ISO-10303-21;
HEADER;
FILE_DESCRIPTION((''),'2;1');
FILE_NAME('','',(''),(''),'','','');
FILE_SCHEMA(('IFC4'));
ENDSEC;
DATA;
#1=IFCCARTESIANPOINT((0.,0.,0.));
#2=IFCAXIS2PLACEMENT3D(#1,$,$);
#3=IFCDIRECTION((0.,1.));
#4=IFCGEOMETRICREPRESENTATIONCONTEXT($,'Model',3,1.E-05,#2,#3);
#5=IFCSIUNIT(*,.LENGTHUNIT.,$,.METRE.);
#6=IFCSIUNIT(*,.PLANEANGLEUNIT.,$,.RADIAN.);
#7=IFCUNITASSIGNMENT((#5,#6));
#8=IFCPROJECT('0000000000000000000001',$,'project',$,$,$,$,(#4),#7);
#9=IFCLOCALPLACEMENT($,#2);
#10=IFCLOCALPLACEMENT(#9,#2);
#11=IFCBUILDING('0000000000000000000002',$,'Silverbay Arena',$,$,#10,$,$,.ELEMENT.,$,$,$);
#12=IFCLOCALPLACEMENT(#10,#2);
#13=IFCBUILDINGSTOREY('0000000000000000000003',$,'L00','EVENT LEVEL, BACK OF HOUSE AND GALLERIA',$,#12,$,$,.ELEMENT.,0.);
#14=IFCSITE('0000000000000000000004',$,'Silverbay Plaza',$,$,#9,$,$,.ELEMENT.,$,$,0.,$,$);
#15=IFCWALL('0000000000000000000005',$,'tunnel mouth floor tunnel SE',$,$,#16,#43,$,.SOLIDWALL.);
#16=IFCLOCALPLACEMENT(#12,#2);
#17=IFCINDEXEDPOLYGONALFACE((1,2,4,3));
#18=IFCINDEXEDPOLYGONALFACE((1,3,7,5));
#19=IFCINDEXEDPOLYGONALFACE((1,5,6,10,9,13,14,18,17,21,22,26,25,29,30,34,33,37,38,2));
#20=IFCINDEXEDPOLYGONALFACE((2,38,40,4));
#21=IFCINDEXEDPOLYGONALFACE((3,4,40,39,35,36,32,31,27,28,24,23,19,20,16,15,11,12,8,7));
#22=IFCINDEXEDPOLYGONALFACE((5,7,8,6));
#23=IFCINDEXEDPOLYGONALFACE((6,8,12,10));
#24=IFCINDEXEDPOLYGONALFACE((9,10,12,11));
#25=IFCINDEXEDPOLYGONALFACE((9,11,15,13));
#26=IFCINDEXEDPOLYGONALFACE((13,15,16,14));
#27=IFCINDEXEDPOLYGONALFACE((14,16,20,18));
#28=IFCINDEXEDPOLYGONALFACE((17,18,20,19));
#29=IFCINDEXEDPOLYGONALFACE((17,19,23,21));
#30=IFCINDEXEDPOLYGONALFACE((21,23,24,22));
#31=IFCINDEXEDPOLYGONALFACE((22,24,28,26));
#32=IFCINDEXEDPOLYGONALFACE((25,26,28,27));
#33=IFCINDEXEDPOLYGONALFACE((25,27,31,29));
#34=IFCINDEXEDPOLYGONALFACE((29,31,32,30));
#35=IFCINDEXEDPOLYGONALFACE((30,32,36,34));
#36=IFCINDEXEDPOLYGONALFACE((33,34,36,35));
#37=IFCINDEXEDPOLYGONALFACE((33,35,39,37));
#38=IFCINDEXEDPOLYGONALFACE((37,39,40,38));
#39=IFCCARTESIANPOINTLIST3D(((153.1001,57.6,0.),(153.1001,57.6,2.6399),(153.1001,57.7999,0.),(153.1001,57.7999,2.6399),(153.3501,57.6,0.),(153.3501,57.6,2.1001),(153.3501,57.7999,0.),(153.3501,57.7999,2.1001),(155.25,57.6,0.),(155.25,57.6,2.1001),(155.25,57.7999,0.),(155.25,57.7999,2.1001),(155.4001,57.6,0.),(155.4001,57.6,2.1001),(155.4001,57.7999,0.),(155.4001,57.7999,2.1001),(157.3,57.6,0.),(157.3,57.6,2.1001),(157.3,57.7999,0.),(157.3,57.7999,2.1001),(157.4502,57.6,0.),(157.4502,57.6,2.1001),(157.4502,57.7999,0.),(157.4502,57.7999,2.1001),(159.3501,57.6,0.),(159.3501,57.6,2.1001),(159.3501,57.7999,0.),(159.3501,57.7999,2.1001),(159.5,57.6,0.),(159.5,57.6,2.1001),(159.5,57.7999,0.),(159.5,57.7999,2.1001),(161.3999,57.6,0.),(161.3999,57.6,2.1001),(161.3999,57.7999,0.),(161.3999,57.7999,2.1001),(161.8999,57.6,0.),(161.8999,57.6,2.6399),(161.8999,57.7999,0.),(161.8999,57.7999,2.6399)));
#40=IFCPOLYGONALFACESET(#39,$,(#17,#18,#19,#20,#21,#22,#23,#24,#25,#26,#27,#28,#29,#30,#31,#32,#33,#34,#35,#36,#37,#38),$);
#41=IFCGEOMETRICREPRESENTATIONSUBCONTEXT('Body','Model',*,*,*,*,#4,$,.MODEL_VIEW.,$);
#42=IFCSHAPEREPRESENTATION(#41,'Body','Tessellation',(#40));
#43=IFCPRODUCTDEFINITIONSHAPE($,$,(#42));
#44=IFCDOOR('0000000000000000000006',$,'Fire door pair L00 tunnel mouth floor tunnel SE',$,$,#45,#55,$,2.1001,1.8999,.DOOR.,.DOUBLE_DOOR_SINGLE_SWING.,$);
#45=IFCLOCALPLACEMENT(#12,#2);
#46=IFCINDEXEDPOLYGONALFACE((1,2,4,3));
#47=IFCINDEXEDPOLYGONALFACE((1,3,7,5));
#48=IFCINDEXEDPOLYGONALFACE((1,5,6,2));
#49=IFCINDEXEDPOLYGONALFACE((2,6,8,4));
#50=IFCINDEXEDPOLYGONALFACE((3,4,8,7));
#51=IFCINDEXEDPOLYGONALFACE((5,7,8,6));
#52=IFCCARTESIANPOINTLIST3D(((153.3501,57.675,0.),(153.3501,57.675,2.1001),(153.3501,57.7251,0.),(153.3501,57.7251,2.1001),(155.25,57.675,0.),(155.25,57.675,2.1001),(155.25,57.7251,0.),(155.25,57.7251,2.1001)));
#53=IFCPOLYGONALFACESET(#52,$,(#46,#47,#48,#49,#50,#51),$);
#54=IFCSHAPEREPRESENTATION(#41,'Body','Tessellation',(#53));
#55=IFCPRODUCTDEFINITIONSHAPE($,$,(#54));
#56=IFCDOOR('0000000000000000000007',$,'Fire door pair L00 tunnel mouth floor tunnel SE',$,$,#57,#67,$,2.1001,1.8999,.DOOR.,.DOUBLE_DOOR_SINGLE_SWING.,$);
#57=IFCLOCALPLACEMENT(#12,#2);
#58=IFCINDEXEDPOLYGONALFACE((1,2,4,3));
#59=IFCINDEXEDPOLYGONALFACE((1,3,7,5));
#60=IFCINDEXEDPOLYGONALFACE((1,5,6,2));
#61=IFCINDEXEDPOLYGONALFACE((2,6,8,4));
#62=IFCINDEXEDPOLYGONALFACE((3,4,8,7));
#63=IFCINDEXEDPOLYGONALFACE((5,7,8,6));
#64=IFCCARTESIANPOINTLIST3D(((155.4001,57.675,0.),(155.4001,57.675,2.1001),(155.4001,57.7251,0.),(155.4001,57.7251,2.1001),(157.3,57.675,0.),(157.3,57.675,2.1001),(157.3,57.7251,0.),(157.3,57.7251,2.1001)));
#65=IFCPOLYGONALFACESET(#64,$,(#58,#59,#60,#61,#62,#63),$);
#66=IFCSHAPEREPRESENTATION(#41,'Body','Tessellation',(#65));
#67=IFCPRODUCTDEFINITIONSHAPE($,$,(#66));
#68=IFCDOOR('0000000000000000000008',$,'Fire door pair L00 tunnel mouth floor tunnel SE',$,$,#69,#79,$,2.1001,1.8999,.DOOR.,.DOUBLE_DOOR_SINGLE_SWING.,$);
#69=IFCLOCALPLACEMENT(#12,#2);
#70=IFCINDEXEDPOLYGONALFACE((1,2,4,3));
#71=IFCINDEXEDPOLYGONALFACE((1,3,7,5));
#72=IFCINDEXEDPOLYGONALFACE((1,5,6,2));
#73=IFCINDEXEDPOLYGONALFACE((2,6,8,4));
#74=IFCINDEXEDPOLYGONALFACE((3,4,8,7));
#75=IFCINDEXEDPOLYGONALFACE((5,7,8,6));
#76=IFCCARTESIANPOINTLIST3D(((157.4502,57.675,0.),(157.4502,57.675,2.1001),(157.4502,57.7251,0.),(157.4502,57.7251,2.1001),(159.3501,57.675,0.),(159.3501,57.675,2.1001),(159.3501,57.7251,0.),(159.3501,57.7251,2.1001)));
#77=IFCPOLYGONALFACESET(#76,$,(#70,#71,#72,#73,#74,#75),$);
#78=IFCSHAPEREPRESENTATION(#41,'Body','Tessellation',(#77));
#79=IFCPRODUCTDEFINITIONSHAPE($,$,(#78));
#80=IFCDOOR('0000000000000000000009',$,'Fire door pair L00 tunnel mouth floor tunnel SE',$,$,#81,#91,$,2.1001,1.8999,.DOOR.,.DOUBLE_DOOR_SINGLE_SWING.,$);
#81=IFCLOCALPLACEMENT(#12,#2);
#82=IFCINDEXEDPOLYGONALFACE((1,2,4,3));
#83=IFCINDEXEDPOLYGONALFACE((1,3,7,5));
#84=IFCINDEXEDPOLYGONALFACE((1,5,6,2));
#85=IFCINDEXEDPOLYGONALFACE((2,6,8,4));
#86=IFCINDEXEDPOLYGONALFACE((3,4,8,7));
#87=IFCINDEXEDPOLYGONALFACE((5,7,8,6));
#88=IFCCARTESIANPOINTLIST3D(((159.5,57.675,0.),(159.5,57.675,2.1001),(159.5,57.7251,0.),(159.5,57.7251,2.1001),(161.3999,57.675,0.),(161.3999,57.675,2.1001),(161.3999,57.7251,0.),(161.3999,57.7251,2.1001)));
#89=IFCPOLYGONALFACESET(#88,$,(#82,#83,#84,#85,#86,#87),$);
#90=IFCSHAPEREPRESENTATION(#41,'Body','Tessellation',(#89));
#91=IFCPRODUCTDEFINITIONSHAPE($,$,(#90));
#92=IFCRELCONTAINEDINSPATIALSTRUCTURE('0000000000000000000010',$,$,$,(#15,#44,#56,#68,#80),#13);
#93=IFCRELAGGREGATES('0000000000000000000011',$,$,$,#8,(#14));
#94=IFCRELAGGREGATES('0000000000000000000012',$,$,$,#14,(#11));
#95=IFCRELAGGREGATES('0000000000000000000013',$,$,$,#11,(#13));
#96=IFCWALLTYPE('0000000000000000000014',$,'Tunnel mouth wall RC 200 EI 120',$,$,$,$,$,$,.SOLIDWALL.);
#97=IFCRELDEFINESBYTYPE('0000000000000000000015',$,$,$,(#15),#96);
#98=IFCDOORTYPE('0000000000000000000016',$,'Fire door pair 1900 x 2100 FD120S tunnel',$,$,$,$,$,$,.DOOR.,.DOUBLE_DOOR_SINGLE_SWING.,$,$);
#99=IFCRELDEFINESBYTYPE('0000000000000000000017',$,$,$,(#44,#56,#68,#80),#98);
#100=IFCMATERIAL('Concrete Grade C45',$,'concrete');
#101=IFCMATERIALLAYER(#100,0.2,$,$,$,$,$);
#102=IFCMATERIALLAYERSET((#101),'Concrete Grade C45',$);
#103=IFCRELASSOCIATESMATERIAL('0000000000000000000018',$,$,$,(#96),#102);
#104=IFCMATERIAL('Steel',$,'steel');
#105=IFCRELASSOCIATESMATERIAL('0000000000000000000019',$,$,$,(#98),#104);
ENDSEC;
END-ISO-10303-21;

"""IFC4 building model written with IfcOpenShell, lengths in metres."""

from ifc_helpers import new_model, si_unit, direction, frame, frame_2d, origin, place, context, subcontext, project, spatial, rectangle, extrude, material, layer, layer_set, type_object, element, fill, save


model = new_model("IFC4")

# Units and contexts
model_context = context("Model", 3, precision=1e-05, world=origin(), true_north=direction((0.0, 1.0)))
body_context = subcontext(model_context, "Body", "Model", "MODEL_VIEW")
ifc_project = project(units=[si_unit("LENGTHUNIT", "METRE"), si_unit("PLANEANGLEUNIT", "RADIAN")], contexts=[model_context])

# Site, building, storey
site_placement = place(None, origin())
site = spatial("IfcSite", under=ifc_project, at=site_placement, Name="Silverbay Plaza", CompositionType="ELEMENT", RefElevation=0.0)
building_placement = place(site_placement, origin())
building = spatial("IfcBuilding", under=site, at=building_placement, Name="Silverbay Arena", CompositionType="ELEMENT")
storey_placement = place(building_placement, origin())
storey = spatial("IfcBuildingStorey", under=building, at=storey_placement, Name="L00", Description="EVENT LEVEL, BACK OF HOUSE AND GALLERIA", CompositionType="ELEMENT", Elevation=0.0)

# Wall, openings, doors
ifc_material_1 = material(Name="Concrete Grade C45", Category="concrete")
ifc_layer_1 = layer(ifc_material_1, 0.2)
ifc_layer_set_1 = layer_set([ifc_layer_1], Name="Concrete Grade C45")
wall_type_1 = type_object("IfcWallType", Name="Tunnel mouth wall RC 200 EI 120", PredefinedType="SOLIDWALL", material=ifc_layer_set_1)
wall_1_placement = place(storey_placement, frame((153.1001, 57.7, 0.0), z_axis=(0.0, 0.0, 1.0), x_axis=(1.0, 0.0, 0.0)))
wall_1 = element("IfcWall", 1, at=wall_1_placement, inside=storey, type_object=wall_type_1, Name="tunnel mouth floor tunnel SE", PredefinedType="SOLIDWALL", context=body_context, shape_type="SweptSolid", body=[
    extrude(rectangle(XDim=8.7998, YDim=0.2, at=frame_2d((4.3999, 0.0))), origin(), (0.0, 0.0, 1.0), 2.6399),
])
opening_1_placement = place(wall_1_placement, frame((0.25, 0.0, 0.0)))
opening_1 = element("IfcOpeningElement", 2, at=opening_1_placement, cuts=wall_1, PredefinedType="OPENING", context=body_context, shape_type="SweptSolid", body=[
    extrude(rectangle(XDim=1.8999, YDim=2.1001, at=frame_2d((0.95, 1.05))), frame((0.0, 0.1099, 0.0), z_axis=(0.0, -1.0, 0.0), x_axis=(1.0, 0.0, 0.0)), (0.0, 0.0, 1.0), 0.22),
])
opening_2_placement = place(wall_1_placement, frame((2.3, 0.0, 0.0)))
opening_2 = element("IfcOpeningElement", 3, at=opening_2_placement, cuts=wall_1, PredefinedType="OPENING", context=body_context, shape_type="SweptSolid", body=[
    extrude(rectangle(XDim=1.8999, YDim=2.1001, at=frame_2d((0.95, 1.05))), frame((0.0, 0.1099, 0.0), z_axis=(0.0, -1.0, 0.0), x_axis=(1.0, 0.0, 0.0)), (0.0, 0.0, 1.0), 0.22),
])
opening_3_placement = place(wall_1_placement, frame((4.3501, 0.0, 0.0)))
opening_3 = element("IfcOpeningElement", 4, at=opening_3_placement, cuts=wall_1, PredefinedType="OPENING", context=body_context, shape_type="SweptSolid", body=[
    extrude(rectangle(XDim=1.8999, YDim=2.1001, at=frame_2d((0.95, 1.05))), frame((0.0, 0.1099, 0.0), z_axis=(0.0, -1.0, 0.0), x_axis=(1.0, 0.0, 0.0)), (0.0, 0.0, 1.0), 0.22),
])
opening_4_placement = place(wall_1_placement, frame((6.3999, 0.0, 0.0)))
opening_4 = element("IfcOpeningElement", 5, at=opening_4_placement, cuts=wall_1, PredefinedType="OPENING", context=body_context, shape_type="SweptSolid", body=[
    extrude(rectangle(XDim=1.8999, YDim=2.1001, at=frame_2d((0.95, 1.05))), frame((0.0, 0.1099, 0.0), z_axis=(0.0, -1.0, 0.0), x_axis=(1.0, 0.0, 0.0)), (0.0, 0.0, 1.0), 0.22),
])
ifc_material_2 = material(Name="Steel", Category="steel")
door_type_1 = type_object("IfcDoorType", Name="Fire door pair 1900 x 2100 FD120S tunnel", OperationType="DOUBLE_DOOR_SINGLE_SWING", PredefinedType="DOOR", material=ifc_material_2)
door_1_placement = place(opening_1_placement, frame((1.8999, 0.0, 0.0), z_axis=(0.0, 0.0, 1.0), x_axis=(-1.0, 0.0, 0.0)))
door_1 = element("IfcDoor", 6, at=door_1_placement, inside=storey, type_object=door_type_1, Name="Fire door pair L00 tunnel mouth floor tunnel SE", OperationType="DOUBLE_DOOR_SINGLE_SWING", OverallHeight=2.1001, OverallWidth=1.8999, PredefinedType="DOOR", context=body_context, shape_type="SweptSolid", body=[
    extrude(rectangle(XDim=1.8999, YDim=2.1001, at=frame_2d((0.95, 1.05))), frame((0.0, 0.0249, 0.0), z_axis=(0.0, -1.0, 0.0), x_axis=(1.0, 0.0, 0.0)), (0.0, 0.0, 1.0), 0.05),
])
fill(opening_1, door_1)
door_2_placement = place(opening_2_placement, frame((1.8999, 0.0, 0.0), z_axis=(0.0, 0.0, 1.0), x_axis=(-1.0, 0.0, 0.0)))
door_2 = element("IfcDoor", 7, at=door_2_placement, inside=storey, type_object=door_type_1, Name="Fire door pair L00 tunnel mouth floor tunnel SE", OperationType="DOUBLE_DOOR_SINGLE_SWING", OverallHeight=2.1001, OverallWidth=1.8999, PredefinedType="DOOR", context=body_context, shape_type="SweptSolid", body=[
    extrude(rectangle(XDim=1.8999, YDim=2.1001, at=frame_2d((0.95, 1.05))), frame((0.0, 0.0249, 0.0), z_axis=(0.0, -1.0, 0.0), x_axis=(1.0, 0.0, 0.0)), (0.0, 0.0, 1.0), 0.05),
])
fill(opening_2, door_2)
door_3_placement = place(opening_3_placement, frame((1.8999, 0.0, 0.0), z_axis=(0.0, 0.0, 1.0), x_axis=(-1.0, 0.0, 0.0)))
door_3 = element("IfcDoor", 8, at=door_3_placement, inside=storey, type_object=door_type_1, Name="Fire door pair L00 tunnel mouth floor tunnel SE", OperationType="DOUBLE_DOOR_SINGLE_SWING", OverallHeight=2.1001, OverallWidth=1.8999, PredefinedType="DOOR", context=body_context, shape_type="SweptSolid", body=[
    extrude(rectangle(XDim=1.8999, YDim=2.1001, at=frame_2d((0.95, 1.05))), frame((0.0, 0.0249, 0.0), z_axis=(0.0, -1.0, 0.0), x_axis=(1.0, 0.0, 0.0)), (0.0, 0.0, 1.0), 0.05),
])
fill(opening_3, door_3)
door_4_placement = place(opening_4_placement, frame((1.8999, 0.0, 0.0), z_axis=(0.0, 0.0, 1.0), x_axis=(-1.0, 0.0, 0.0)))
door_4 = element("IfcDoor", 9, at=door_4_placement, inside=storey, type_object=door_type_1, Name="Fire door pair L00 tunnel mouth floor tunnel SE", OperationType="DOUBLE_DOOR_SINGLE_SWING", OverallHeight=2.1001, OverallWidth=1.8999, PredefinedType="DOOR", context=body_context, shape_type="SweptSolid", body=[
    extrude(rectangle(XDim=1.8999, YDim=2.1001, at=frame_2d((0.95, 1.05))), frame((0.0, 0.0249, 0.0), z_axis=(0.0, -1.0, 0.0), x_axis=(1.0, 0.0, 0.0)), (0.0, 0.0, 1.0), 0.05),
])
fill(opening_4, door_4)

save(model, "model.ifc")
